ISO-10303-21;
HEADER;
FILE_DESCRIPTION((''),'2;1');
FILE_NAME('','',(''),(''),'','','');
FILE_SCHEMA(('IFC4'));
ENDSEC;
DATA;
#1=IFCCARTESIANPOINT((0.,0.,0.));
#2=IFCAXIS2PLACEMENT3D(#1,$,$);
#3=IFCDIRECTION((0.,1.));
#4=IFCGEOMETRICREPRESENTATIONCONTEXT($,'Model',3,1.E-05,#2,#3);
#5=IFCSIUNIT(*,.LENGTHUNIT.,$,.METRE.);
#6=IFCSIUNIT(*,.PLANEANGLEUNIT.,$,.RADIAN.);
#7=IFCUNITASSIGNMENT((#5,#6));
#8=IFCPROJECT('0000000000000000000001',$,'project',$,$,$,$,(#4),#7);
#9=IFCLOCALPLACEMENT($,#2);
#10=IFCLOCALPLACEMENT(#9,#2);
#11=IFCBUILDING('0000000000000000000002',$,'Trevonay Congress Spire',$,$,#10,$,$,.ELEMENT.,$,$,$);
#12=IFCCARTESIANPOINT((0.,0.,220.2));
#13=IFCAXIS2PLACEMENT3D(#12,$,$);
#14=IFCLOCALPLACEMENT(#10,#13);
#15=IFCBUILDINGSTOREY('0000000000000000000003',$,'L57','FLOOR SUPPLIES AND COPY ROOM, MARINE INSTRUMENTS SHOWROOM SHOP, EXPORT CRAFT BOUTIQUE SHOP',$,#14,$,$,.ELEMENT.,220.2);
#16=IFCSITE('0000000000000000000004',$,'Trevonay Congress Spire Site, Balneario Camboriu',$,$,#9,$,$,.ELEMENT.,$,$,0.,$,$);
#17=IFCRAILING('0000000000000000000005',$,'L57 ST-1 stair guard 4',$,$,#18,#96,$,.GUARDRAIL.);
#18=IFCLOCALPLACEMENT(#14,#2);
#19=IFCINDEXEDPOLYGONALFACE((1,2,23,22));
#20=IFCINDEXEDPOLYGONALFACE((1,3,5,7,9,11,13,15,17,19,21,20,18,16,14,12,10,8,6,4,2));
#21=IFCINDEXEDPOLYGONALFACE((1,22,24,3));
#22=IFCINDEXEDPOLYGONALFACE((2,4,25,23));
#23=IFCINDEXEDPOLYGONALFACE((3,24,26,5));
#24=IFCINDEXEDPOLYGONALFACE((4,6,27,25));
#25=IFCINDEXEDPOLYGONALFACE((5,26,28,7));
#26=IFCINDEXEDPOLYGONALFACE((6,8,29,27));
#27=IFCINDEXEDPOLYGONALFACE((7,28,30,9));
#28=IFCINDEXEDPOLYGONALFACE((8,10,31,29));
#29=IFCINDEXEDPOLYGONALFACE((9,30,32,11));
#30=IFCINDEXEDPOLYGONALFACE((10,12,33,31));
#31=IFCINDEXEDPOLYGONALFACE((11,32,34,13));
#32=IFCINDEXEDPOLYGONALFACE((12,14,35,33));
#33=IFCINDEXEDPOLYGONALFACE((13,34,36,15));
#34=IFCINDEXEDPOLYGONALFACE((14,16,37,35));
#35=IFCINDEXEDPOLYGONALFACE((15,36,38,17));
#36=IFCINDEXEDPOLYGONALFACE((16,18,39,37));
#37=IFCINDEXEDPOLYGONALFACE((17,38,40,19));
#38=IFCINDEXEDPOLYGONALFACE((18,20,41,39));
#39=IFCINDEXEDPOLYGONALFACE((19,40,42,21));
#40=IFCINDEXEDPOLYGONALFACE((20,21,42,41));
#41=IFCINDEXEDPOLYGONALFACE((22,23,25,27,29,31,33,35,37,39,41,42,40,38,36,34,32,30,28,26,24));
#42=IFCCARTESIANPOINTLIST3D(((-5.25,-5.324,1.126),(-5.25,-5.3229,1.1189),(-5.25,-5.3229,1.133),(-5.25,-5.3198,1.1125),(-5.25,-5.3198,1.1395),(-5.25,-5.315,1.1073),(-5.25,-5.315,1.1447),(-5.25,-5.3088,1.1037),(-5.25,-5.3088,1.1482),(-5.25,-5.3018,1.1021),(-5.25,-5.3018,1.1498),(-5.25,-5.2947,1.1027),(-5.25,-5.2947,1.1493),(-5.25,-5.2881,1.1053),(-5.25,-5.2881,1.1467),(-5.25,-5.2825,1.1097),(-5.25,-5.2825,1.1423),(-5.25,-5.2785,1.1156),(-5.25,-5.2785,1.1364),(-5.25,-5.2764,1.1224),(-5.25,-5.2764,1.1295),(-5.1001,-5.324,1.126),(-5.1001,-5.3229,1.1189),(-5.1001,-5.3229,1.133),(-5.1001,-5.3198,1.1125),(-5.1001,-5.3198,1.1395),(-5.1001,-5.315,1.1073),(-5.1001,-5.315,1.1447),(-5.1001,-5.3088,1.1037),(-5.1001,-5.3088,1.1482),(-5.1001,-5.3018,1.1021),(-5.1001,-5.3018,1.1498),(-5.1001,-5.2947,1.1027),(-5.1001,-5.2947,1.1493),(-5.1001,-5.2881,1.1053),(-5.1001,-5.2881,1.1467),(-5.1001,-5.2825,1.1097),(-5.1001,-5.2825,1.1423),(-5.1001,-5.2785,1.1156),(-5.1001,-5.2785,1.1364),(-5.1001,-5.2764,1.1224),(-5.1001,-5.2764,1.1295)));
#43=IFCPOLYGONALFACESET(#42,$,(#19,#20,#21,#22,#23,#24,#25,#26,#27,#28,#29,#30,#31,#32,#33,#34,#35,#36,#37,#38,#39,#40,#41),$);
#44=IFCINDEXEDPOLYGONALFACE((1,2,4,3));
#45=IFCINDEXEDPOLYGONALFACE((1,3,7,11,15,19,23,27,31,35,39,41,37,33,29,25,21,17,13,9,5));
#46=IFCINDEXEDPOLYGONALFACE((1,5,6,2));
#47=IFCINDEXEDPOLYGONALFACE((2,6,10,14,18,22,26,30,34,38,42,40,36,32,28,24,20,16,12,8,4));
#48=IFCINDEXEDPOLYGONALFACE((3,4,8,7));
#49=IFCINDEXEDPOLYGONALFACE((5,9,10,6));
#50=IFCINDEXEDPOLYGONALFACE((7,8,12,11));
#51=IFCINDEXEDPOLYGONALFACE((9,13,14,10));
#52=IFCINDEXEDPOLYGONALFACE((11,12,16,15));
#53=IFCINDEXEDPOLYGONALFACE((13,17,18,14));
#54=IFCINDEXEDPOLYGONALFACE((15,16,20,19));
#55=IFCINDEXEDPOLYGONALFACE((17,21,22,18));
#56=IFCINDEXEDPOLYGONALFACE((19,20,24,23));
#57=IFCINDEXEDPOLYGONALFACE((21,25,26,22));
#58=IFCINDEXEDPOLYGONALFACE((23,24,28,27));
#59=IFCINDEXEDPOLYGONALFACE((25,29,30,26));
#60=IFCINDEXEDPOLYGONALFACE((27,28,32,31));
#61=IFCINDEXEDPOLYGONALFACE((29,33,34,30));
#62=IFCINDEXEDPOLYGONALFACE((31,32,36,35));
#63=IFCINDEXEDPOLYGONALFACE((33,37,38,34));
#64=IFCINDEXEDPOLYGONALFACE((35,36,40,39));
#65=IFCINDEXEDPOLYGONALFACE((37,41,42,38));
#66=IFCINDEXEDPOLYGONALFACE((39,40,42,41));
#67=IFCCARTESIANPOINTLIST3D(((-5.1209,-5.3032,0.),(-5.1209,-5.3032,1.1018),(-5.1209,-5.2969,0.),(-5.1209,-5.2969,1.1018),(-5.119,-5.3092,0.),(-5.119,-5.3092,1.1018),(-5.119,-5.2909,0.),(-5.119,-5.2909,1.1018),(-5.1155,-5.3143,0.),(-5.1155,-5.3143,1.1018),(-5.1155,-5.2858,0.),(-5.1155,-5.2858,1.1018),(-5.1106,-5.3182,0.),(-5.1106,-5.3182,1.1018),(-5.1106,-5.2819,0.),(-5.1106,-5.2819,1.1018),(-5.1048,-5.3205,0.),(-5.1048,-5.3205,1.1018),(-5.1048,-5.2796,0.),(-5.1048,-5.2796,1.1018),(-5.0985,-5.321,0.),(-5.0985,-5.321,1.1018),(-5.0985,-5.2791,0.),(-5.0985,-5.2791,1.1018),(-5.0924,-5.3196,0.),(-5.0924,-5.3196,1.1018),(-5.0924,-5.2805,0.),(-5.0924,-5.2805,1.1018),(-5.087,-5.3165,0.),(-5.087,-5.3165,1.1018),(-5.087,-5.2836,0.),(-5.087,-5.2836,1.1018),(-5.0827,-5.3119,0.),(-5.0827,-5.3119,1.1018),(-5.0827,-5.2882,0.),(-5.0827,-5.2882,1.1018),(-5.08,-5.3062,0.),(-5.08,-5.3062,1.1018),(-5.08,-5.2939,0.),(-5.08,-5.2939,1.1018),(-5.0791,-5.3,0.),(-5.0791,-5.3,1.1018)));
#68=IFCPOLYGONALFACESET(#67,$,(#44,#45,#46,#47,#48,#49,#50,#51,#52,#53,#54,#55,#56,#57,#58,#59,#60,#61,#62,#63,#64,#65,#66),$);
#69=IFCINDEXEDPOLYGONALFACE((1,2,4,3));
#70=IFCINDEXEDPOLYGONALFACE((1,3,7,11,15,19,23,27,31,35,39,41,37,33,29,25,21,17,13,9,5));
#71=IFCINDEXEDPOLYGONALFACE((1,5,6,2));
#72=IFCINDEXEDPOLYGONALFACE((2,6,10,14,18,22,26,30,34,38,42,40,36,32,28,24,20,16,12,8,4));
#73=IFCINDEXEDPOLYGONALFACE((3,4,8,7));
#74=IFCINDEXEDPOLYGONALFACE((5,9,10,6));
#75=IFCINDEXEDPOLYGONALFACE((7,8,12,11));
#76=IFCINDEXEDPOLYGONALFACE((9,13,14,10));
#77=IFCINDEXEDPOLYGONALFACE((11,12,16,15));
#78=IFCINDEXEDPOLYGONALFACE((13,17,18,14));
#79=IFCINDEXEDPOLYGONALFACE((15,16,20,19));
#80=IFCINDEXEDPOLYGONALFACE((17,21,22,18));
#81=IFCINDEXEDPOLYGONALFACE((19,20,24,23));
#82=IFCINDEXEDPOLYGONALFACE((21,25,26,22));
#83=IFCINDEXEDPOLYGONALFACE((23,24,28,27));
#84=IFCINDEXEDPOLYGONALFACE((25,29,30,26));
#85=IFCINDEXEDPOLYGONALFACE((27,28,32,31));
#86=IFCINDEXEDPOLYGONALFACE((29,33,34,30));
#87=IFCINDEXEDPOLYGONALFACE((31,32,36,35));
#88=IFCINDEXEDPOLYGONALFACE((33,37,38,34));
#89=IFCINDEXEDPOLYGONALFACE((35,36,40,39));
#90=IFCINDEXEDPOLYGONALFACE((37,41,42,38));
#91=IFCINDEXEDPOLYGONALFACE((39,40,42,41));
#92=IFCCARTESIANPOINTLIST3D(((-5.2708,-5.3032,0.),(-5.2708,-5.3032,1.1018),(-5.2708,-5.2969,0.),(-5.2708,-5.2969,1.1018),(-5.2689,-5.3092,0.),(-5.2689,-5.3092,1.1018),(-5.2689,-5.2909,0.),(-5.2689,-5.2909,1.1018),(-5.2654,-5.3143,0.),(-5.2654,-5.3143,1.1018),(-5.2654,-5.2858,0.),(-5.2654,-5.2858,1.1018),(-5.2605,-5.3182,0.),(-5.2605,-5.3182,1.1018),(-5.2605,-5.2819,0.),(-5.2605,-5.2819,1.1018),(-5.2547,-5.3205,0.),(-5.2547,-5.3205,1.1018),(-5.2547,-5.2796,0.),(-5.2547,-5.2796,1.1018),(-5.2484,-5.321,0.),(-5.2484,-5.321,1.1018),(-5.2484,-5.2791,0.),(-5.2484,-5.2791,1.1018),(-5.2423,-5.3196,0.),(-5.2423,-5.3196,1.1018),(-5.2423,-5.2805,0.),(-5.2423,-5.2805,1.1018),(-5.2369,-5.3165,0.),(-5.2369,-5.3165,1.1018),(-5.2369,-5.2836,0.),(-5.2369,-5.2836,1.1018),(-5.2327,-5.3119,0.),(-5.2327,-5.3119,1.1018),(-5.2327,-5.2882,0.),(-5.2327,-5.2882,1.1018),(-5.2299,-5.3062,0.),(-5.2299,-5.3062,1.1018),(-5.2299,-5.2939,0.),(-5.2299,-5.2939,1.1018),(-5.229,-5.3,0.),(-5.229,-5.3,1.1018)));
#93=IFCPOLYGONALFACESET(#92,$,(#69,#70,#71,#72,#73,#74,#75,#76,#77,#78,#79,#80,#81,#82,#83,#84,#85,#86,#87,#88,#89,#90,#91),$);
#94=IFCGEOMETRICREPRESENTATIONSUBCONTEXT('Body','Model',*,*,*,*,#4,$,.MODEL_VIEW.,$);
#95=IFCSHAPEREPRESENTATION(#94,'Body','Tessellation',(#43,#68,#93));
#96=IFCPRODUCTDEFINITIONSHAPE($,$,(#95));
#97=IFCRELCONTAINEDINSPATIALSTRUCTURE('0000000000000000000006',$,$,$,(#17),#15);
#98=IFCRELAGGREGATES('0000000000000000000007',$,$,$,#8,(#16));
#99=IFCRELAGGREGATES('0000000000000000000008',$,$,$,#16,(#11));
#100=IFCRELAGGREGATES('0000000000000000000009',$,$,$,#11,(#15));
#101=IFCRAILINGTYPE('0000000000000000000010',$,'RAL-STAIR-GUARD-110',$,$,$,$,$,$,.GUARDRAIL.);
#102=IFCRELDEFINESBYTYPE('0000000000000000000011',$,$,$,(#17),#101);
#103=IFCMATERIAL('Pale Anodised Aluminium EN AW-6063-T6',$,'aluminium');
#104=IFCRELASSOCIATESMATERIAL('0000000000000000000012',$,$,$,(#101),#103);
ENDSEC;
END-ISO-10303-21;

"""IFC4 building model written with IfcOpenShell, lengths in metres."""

from ifc_helpers import new_model, si_unit, direction, frame, origin, origin_2d, place, context, subcontext, project, spatial, circle, extrude, material, type_object, element, save


model = new_model("IFC4")

# Units and contexts
model_context = context("Model", 3, precision=1e-05, world=origin(), true_north=direction((0.0, 1.0)))
body_context = subcontext(model_context, "Body", "Model", "MODEL_VIEW")
ifc_project = project(units=[si_unit("LENGTHUNIT", "METRE"), si_unit("PLANEANGLEUNIT", "RADIAN")], contexts=[model_context])

# Site, building, storey
site_placement = place(None, origin())
site = spatial("IfcSite", under=ifc_project, at=site_placement, Name="Trevonay Congress Spire Site, Balneario Camboriu", CompositionType="ELEMENT", RefElevation=0.0)
building_placement = place(site_placement, origin())
building = spatial("IfcBuilding", under=site, at=building_placement, Name="Trevonay Congress Spire", CompositionType="ELEMENT")
storey_placement = place(building_placement, frame((0.0, 0.0, 220.2)))
storey = spatial("IfcBuildingStorey", under=building, at=storey_placement, Name="L57", Description="FLOOR SUPPLIES AND COPY ROOM, MARINE INSTRUMENTS SHOWROOM SHOP, EXPORT CRAFT BOUTIQUE SHOP", CompositionType="ELEMENT", Elevation=220.2)

# Railing
ifc_material_1 = material(Name="Pale Anodised Aluminium EN AW-6063-T6", Category="aluminium")
railing_type_1 = type_object("IfcRailingType", Name="RAL-STAIR-GUARD-110", PredefinedType="GUARDRAIL", material=ifc_material_1)
railing_1_placement = place(storey_placement, frame((-5.1001, -5.3, 0.0)))
element("IfcRailing", 1, at=railing_1_placement, inside=storey, type_object=railing_type_1, Name="L57 ST-1 stair guard 4", PredefinedType="GUARDRAIL", context=body_context, shape_type="SweptSolid", body=[
    extrude(circle(Radius=0.0239, at=origin_2d()), frame((0.0, 0.0, 1.126), z_axis=(-1.0, 0.0, 0.0), x_axis=(0.0, -1.0, 0.0)), (0.0, 0.0, 1.0), 0.1499),
    extrude(circle(Radius=0.021, at=origin_2d()), origin(), (0.0, 0.0, 1.0), 1.1018),
    extrude(circle(Radius=0.021, at=origin_2d()), frame((-0.1499, 0.0, 0.0)), (0.0, 0.0, 1.0), 1.1018),
])

save(model, "model.ifc")
